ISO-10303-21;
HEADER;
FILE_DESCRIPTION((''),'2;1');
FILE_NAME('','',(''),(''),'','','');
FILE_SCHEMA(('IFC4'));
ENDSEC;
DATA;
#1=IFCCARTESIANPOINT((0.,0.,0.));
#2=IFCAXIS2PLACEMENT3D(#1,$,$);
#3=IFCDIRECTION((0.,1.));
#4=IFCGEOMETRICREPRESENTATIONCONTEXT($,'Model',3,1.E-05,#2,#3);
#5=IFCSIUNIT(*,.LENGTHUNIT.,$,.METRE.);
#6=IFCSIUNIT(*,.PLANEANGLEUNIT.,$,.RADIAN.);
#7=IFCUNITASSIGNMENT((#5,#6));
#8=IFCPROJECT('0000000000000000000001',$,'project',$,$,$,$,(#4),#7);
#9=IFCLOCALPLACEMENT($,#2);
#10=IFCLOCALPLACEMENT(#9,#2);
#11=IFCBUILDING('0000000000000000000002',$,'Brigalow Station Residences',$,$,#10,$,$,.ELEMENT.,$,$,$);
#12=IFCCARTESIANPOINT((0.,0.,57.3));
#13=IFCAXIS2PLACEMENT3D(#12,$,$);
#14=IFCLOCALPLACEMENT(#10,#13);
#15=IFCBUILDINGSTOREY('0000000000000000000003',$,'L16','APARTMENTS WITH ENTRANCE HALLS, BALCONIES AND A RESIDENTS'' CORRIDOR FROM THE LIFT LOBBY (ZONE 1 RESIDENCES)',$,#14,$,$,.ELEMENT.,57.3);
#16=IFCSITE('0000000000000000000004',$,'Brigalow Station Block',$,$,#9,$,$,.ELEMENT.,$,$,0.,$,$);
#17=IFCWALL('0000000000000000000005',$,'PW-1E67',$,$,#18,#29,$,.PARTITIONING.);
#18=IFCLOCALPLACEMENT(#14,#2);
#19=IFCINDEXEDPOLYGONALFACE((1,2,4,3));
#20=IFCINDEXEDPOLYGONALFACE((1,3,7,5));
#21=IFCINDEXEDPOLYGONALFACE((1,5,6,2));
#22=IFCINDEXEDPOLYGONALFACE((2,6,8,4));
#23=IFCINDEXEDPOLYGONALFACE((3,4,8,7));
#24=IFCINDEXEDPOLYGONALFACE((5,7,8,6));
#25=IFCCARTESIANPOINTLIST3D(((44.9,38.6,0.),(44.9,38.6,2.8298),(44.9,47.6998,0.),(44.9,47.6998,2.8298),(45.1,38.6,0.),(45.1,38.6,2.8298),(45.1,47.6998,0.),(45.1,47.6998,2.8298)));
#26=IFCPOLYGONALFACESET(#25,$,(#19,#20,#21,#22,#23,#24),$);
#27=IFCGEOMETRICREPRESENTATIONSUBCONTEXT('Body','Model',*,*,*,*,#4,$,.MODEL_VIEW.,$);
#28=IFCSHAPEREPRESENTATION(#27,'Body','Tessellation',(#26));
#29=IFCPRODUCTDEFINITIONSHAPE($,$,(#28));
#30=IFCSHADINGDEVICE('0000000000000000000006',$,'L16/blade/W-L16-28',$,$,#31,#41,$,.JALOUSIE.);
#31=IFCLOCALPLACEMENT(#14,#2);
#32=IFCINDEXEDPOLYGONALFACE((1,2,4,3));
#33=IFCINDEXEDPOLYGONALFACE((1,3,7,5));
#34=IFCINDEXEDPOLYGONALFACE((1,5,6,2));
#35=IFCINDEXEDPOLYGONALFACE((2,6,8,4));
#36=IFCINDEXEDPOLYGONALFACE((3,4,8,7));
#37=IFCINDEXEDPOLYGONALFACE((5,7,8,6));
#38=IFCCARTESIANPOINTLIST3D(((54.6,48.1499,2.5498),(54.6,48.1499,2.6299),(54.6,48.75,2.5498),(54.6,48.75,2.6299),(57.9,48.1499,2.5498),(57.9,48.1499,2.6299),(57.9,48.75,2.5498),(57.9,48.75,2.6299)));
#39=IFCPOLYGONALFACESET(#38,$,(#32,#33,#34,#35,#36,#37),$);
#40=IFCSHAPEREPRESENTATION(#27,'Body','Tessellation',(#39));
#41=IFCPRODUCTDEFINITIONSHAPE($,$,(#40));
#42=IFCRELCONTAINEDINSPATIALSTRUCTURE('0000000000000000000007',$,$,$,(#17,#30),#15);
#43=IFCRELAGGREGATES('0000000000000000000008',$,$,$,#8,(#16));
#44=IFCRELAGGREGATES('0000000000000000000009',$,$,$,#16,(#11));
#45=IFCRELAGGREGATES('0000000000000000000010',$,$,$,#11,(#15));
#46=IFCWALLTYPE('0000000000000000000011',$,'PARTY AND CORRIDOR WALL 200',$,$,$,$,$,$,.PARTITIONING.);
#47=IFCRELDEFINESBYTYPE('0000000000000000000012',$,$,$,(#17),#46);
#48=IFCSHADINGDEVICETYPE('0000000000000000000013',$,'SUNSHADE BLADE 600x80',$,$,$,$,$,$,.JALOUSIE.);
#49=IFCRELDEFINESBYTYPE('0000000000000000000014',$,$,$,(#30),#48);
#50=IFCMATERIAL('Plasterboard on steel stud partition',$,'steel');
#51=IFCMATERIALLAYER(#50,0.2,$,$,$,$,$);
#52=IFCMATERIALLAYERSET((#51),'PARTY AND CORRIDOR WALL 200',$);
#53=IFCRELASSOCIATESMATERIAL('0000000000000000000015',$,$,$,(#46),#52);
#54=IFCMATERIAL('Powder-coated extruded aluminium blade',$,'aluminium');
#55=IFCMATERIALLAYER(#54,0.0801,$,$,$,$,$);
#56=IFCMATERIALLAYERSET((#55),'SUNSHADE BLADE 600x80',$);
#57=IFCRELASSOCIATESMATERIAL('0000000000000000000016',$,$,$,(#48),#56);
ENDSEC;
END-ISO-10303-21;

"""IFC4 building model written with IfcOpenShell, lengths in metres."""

from ifc_helpers import new_model, si_unit, direction, frame, frame_2d, origin, origin_2d, place, context, subcontext, project, spatial, rectangle, extrude, material, layer, layer_set, type_object, element, save


model = new_model("IFC4")

# Units and contexts
model_context = context("Model", 3, precision=1e-05, world=origin(), true_north=direction((0.0, 1.0)))
body_context = subcontext(model_context, "Body", "Model", "MODEL_VIEW")
ifc_project = project(units=[si_unit("LENGTHUNIT", "METRE"), si_unit("PLANEANGLEUNIT", "RADIAN")], contexts=[model_context])

# Site, building, storey
site_placement = place(None, origin())
site = spatial("IfcSite", under=ifc_project, at=site_placement, Name="Brigalow Station Block", CompositionType="ELEMENT", RefElevation=0.0)
building_placement = place(site_placement, origin())
building = spatial("IfcBuilding", under=site, at=building_placement, Name="Brigalow Station Residences", CompositionType="ELEMENT")
storey_placement = place(building_placement, frame((0.0, 0.0, 57.3)))
storey = spatial("IfcBuildingStorey", under=building, at=storey_placement, Name="L16", Description="APARTMENTS WITH ENTRANCE HALLS, BALCONIES AND A RESIDENTS' CORRIDOR FROM THE LIFT LOBBY (ZONE 1 RESIDENCES)", CompositionType="ELEMENT", Elevation=57.3)

# Wall
ifc_material_1 = material(Name="Plasterboard on steel stud partition", Category="steel")
ifc_layer_1 = layer(ifc_material_1, 0.2)
ifc_layer_set_1 = layer_set([ifc_layer_1], Name="PARTY AND CORRIDOR WALL 200")
wall_type_1 = type_object("IfcWallType", Name="PARTY AND CORRIDOR WALL 200", PredefinedType="PARTITIONING", material=ifc_layer_set_1)
wall_1_placement = place(storey_placement, frame((45.0, 38.6001, 0.0), z_axis=(0.0, 0.0, 1.0), x_axis=(0.0, 1.0, 0.0)))
element("IfcWall", 1, at=wall_1_placement, inside=storey, type_object=wall_type_1, Name="PW-1E67", PredefinedType="PARTITIONING", context=body_context, shape_type="SweptSolid", body=[
    extrude(rectangle(XDim=9.0999, YDim=0.2, at=frame_2d((4.5498, 0.0))), origin(), (0.0, 0.0, 1.0), 2.8298),
])

# Shading device
ifc_material_2 = material(Name="Powder-coated extruded aluminium blade", Category="aluminium")
ifc_layer_2 = layer(ifc_material_2, 0.0801)
ifc_layer_set_2 = layer_set([ifc_layer_2], Name="SUNSHADE BLADE 600x80")
shading_device_type = type_object("IfcShadingDeviceType", Name="SUNSHADE BLADE 600x80", PredefinedType="JALOUSIE", material=ifc_layer_set_2)
shading_device_placement = place(storey_placement, frame((56.25, 48.45, 2.5498), z_axis=(0.0, 0.0, 1.0), x_axis=(-1.0, 0.0, 0.0)))
element("IfcShadingDevice", 2, at=shading_device_placement, inside=storey, type_object=shading_device_type, Name="L16/blade/W-L16-28", PredefinedType="JALOUSIE", context=body_context, shape_type="SweptSolid", body=[
    extrude(rectangle(XDim=3.3, YDim=0.6001, at=origin_2d()), origin(), (0.0, 0.0, 1.0), 0.0801),
])

save(model, "model.ifc")
